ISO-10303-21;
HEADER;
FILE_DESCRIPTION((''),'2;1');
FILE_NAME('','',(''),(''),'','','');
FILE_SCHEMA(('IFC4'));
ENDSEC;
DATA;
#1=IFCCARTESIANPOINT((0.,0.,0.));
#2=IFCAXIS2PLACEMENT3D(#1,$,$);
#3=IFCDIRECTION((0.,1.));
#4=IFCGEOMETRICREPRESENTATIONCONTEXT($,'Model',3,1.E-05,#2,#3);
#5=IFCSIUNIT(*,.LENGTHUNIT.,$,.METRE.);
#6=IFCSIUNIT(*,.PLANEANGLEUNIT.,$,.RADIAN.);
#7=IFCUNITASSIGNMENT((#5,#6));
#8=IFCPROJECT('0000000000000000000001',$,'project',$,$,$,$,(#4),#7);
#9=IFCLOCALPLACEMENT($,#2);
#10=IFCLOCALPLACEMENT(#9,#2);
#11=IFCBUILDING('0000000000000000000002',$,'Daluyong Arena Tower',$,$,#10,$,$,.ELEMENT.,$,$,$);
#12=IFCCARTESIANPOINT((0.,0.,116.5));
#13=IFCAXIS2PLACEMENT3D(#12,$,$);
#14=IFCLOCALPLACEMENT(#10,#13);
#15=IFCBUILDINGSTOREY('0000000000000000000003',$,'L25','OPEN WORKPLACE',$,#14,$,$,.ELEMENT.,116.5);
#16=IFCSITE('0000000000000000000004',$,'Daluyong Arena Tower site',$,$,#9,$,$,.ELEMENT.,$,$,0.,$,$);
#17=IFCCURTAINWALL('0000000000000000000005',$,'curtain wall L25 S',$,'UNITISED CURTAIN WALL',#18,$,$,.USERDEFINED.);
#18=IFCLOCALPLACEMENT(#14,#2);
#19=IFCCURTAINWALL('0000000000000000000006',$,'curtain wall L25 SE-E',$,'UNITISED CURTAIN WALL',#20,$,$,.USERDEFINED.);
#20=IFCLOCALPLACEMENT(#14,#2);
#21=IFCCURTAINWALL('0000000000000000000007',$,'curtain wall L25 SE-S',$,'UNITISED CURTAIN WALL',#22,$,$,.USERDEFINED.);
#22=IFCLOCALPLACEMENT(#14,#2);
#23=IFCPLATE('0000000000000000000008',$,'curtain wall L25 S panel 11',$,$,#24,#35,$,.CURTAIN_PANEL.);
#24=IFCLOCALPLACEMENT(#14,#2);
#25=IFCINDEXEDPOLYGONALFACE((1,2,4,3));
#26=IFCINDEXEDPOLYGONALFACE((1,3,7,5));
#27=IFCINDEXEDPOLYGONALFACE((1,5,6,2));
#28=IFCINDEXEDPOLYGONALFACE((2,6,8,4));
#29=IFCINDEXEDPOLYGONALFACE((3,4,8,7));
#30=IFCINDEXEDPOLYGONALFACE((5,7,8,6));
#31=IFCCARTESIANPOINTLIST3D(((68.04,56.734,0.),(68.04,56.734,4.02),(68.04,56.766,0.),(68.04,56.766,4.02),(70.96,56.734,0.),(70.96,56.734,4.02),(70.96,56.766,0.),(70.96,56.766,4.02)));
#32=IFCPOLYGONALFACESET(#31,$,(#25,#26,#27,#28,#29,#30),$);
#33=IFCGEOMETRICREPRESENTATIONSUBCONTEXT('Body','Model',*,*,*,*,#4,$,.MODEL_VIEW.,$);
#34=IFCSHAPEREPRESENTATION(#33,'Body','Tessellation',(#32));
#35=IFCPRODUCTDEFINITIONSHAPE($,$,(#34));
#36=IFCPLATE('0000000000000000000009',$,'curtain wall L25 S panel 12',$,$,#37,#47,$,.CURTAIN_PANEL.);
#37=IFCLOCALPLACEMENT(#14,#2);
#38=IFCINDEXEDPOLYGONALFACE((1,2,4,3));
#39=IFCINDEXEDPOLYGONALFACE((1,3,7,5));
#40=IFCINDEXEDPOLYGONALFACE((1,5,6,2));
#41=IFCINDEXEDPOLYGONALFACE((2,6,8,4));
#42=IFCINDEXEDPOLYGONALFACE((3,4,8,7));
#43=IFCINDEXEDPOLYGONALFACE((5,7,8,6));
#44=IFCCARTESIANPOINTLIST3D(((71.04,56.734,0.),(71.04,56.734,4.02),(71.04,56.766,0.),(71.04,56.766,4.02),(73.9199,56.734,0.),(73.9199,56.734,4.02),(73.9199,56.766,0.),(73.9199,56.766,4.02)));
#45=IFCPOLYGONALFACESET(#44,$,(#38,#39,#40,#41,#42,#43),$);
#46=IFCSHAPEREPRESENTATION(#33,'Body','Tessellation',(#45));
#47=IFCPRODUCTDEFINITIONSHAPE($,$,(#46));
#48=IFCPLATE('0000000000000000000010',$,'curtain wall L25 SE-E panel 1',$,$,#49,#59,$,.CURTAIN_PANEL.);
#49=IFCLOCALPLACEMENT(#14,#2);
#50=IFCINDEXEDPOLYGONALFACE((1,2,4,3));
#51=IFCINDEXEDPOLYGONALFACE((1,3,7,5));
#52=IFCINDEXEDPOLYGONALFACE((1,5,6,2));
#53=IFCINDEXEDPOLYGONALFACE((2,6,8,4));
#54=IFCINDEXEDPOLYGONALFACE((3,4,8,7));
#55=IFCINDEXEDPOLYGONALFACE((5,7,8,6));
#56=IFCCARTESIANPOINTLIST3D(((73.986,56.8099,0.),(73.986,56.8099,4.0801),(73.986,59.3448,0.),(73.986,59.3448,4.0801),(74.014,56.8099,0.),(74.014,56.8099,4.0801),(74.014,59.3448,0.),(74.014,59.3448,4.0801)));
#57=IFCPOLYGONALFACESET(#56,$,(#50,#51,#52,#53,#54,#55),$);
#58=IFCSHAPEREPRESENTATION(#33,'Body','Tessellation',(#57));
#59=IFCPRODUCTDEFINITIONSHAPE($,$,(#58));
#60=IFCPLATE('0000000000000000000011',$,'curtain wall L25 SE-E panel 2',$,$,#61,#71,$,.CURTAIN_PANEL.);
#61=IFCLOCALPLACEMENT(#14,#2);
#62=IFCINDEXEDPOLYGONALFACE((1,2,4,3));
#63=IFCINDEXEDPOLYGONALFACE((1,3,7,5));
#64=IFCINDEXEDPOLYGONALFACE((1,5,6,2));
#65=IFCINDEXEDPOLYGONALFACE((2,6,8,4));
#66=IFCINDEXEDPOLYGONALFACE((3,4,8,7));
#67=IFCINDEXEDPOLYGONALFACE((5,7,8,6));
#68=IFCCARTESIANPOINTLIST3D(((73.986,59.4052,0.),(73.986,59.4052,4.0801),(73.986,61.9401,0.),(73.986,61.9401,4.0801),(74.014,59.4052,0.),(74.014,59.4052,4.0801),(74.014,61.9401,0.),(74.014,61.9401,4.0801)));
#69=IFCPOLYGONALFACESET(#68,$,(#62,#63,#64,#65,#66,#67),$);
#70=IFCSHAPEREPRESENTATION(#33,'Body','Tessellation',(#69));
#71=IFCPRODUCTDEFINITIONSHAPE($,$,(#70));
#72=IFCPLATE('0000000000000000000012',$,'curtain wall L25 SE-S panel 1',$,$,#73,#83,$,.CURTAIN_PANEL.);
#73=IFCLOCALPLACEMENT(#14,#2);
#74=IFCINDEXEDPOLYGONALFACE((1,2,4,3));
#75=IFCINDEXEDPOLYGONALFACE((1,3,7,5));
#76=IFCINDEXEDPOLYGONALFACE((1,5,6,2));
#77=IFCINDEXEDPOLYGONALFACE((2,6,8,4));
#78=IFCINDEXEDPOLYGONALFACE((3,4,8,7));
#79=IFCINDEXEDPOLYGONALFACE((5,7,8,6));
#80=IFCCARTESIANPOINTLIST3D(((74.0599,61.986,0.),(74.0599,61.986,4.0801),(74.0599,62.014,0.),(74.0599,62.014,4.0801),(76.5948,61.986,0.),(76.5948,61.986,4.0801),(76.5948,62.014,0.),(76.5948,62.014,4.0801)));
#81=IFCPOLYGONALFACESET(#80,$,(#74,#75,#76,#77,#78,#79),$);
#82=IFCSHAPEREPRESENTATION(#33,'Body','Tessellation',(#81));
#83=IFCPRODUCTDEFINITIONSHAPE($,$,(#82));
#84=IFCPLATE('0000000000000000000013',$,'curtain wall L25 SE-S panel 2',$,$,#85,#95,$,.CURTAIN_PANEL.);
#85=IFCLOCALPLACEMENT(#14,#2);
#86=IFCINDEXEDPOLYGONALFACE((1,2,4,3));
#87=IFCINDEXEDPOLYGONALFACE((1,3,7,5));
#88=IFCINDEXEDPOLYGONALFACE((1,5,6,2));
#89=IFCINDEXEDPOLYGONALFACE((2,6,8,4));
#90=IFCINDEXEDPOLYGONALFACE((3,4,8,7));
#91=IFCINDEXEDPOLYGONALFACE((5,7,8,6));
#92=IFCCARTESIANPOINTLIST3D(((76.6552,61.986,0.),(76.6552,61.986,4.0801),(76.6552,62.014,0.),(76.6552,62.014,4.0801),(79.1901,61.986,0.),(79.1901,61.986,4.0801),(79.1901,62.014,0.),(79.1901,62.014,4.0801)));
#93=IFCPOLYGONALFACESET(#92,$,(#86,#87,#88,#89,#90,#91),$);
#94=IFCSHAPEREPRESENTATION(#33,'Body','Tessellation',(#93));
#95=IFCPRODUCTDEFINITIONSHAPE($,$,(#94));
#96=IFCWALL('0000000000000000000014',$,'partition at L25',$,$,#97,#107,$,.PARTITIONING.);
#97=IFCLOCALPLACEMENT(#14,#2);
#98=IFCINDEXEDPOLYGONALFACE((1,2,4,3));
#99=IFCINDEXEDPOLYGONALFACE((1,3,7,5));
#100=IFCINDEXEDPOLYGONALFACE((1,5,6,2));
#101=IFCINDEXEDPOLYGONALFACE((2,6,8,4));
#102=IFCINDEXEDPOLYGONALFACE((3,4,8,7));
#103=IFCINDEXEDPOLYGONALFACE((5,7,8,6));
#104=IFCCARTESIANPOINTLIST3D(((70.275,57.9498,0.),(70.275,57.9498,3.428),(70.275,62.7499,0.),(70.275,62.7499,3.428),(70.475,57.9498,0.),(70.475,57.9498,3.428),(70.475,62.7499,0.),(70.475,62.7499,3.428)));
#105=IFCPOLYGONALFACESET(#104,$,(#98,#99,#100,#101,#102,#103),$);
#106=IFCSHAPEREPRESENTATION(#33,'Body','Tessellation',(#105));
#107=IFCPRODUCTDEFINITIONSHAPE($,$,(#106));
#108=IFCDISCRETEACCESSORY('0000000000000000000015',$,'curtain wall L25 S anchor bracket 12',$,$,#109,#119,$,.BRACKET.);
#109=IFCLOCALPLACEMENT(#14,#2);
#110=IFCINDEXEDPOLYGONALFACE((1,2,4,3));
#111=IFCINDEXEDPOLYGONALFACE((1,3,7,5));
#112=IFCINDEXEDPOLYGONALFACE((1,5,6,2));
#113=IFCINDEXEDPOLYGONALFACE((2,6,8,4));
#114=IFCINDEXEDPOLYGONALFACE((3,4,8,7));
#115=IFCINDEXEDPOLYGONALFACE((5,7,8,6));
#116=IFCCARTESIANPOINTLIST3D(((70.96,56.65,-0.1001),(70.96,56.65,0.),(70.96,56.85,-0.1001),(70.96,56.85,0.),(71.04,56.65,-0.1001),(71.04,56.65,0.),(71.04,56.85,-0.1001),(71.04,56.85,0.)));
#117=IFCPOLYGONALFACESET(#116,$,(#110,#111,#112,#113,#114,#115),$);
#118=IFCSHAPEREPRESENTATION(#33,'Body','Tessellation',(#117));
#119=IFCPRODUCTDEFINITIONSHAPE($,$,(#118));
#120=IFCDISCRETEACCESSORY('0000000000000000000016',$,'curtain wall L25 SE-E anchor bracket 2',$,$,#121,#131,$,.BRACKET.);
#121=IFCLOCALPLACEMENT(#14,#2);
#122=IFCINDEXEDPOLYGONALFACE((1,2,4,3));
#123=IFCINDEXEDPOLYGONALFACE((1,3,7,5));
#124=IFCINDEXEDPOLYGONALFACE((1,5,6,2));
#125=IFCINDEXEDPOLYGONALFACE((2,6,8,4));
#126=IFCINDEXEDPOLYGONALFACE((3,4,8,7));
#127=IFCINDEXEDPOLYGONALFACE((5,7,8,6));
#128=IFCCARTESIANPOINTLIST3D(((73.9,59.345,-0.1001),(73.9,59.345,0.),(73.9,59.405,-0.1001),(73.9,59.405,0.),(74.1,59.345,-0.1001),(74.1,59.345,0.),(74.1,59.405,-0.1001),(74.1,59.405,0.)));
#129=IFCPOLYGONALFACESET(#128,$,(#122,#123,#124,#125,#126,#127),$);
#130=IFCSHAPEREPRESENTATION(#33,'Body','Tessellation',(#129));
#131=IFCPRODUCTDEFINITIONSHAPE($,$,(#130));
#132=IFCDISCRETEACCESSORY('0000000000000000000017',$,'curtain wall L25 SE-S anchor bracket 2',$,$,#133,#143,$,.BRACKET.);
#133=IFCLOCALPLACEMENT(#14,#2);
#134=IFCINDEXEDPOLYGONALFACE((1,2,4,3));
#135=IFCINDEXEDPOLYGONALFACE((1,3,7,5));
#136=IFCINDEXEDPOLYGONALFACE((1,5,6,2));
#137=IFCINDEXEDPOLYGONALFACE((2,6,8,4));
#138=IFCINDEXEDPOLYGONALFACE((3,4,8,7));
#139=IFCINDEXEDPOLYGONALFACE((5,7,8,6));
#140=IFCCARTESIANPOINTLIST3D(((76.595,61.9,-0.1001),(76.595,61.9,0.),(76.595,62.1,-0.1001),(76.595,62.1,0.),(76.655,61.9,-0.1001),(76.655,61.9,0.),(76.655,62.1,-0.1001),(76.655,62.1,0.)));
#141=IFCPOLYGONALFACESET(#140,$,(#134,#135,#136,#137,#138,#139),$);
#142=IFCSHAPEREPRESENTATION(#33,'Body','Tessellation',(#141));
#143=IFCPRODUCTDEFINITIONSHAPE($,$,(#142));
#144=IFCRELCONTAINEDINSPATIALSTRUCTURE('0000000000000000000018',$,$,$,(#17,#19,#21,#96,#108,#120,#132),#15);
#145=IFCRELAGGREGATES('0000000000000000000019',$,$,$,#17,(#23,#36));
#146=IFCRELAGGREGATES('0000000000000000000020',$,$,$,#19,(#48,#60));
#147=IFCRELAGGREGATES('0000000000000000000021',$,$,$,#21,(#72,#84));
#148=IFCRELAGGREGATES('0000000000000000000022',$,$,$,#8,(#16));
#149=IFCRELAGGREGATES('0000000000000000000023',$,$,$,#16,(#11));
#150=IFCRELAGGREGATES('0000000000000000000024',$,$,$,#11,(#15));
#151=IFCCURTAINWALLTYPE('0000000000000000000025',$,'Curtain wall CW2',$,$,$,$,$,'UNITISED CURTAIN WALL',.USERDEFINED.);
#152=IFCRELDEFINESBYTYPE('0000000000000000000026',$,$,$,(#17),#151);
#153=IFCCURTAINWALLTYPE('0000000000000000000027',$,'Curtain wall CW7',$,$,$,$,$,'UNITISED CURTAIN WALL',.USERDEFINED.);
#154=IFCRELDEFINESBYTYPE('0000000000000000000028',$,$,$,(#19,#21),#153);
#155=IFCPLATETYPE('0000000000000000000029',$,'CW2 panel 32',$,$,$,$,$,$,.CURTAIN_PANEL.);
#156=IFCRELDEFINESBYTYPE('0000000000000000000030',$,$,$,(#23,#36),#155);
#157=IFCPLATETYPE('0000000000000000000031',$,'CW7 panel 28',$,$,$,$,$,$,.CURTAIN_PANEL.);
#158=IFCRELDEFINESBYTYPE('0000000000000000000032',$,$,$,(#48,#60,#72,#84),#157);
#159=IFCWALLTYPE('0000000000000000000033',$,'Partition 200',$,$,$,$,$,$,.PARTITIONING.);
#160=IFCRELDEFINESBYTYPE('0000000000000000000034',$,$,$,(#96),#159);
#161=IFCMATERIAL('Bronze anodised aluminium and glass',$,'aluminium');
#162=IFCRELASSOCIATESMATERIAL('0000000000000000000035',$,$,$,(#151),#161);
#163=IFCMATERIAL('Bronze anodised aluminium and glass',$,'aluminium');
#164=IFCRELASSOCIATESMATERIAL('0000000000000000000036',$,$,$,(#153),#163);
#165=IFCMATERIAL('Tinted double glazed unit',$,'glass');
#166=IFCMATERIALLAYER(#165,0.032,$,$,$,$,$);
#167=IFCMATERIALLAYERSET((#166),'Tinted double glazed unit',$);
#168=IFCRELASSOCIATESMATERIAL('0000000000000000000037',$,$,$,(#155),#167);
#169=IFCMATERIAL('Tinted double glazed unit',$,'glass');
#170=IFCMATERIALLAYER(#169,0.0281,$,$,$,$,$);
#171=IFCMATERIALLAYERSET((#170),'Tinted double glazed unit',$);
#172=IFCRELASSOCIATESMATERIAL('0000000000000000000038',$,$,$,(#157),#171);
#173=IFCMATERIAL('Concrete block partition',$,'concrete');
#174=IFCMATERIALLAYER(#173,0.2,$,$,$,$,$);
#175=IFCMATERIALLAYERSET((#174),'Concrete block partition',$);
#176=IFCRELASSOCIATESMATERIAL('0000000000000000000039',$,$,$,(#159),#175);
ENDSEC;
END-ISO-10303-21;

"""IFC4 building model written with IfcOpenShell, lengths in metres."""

from ifc_helpers import new_model, si_unit, direction, frame, frame_2d, origin, origin_2d, place, context, subcontext, project, spatial, rectangle, extrude, material, layer, layer_set, type_object, element, aggregate, save


model = new_model("IFC4")

# Units and contexts
model_context = context("Model", 3, precision=1e-05, world=origin(), true_north=direction((0.0, 1.0)))
body_context = subcontext(model_context, "Body", "Model", "MODEL_VIEW")
ifc_project = project(units=[si_unit("LENGTHUNIT", "METRE"), si_unit("PLANEANGLEUNIT", "RADIAN")], contexts=[model_context])

# Site, building, storey
site_placement = place(None, origin())
site = spatial("IfcSite", under=ifc_project, at=site_placement, Name="Daluyong Arena Tower site", CompositionType="ELEMENT", RefElevation=0.0)
building_placement = place(site_placement, origin())
building = spatial("IfcBuilding", under=site, at=building_placement, Name="Daluyong Arena Tower", CompositionType="ELEMENT")
storey_placement = place(building_placement, frame((0.0, 0.0, 116.5)))
storey = spatial("IfcBuildingStorey", under=building, at=storey_placement, Name="L25", Description="OPEN WORKPLACE", CompositionType="ELEMENT", Elevation=116.5)

# Curtain wall
ifc_material_1 = material(Name="Bronze anodised aluminium and glass", Category="aluminium")
curtain_wall_type_1 = type_object("IfcCurtainWallType", Name="Curtain wall CW2", ElementType="UNITISED CURTAIN WALL", PredefinedType="USERDEFINED", material=ifc_material_1)
curtain_wall_1_placement = place(storey_placement, origin())
curtain_wall_1 = element("IfcCurtainWall", 1, at=curtain_wall_1_placement, inside=storey, type_object=curtain_wall_type_1, Name="curtain wall L25 S", ObjectType="UNITISED CURTAIN WALL", PredefinedType="USERDEFINED")

# Curtain walls
ifc_material_2 = material(Name="Bronze anodised aluminium and glass", Category="aluminium")
curtain_wall_type_2 = type_object("IfcCurtainWallType", Name="Curtain wall CW7", ElementType="UNITISED CURTAIN WALL", PredefinedType="USERDEFINED", material=ifc_material_2)
curtain_wall_2_placement = place(storey_placement, origin())
curtain_wall_2 = element("IfcCurtainWall", 2, at=curtain_wall_2_placement, inside=storey, type_object=curtain_wall_type_2, Name="curtain wall L25 SE-E", ObjectType="UNITISED CURTAIN WALL", PredefinedType="USERDEFINED")
curtain_wall_3_placement = place(storey_placement, origin())
curtain_wall_3 = element("IfcCurtainWall", 3, at=curtain_wall_3_placement, inside=storey, type_object=curtain_wall_type_2, Name="curtain wall L25 SE-S", ObjectType="UNITISED CURTAIN WALL", PredefinedType="USERDEFINED")

# Plates
ifc_material_3 = material(Name="Tinted double glazed unit", Category="glass")
ifc_layer_1 = layer(ifc_material_3, 0.032)
ifc_layer_set_1 = layer_set([ifc_layer_1], Name="Tinted double glazed unit")
plate_type_1 = type_object("IfcPlateType", Name="CW2 panel 32", PredefinedType="CURTAIN_PANEL", material=ifc_layer_set_1)
plate_1_placement = place(storey_placement, frame((69.5, 56.75, 0.0), z_axis=(0.0, 0.0, 1.0), x_axis=(1.0, 0.0, 0.0)))
plate_1 = element("IfcPlate", 4, at=plate_1_placement, type_object=plate_type_1, Name="curtain wall L25 S panel 11", PredefinedType="CURTAIN_PANEL", context=body_context, shape_type="SweptSolid", body=[
    extrude(rectangle(XDim=2.9199, YDim=0.032, at=origin_2d()), origin(), (0.0, 0.0, 1.0), 4.02),
])
plate_2_placement = place(storey_placement, frame((72.48, 56.75, 0.0), z_axis=(0.0, 0.0, 1.0), x_axis=(1.0, 0.0, 0.0)))
plate_2 = element("IfcPlate", 5, at=plate_2_placement, type_object=plate_type_1, Name="curtain wall L25 S panel 12", PredefinedType="CURTAIN_PANEL", context=body_context, shape_type="SweptSolid", body=[
    extrude(rectangle(XDim=2.8799, YDim=0.032, at=origin_2d()), origin(), (0.0, 0.0, 1.0), 4.02),
])
aggregate(curtain_wall_1, [plate_1, plate_2])
ifc_material_4 = material(Name="Tinted double glazed unit", Category="glass")
ifc_layer_2 = layer(ifc_material_4, 0.0281)
ifc_layer_set_2 = layer_set([ifc_layer_2], Name="Tinted double glazed unit")
plate_type_2 = type_object("IfcPlateType", Name="CW7 panel 28", PredefinedType="CURTAIN_PANEL", material=ifc_layer_set_2)
plate_3_placement = place(storey_placement, frame((74.0, 58.0774, 0.0), z_axis=(0.0, 0.0, 1.0), x_axis=(0.0, 1.0, 0.0)))
plate_3 = element("IfcPlate", 6, at=plate_3_placement, type_object=plate_type_2, Name="curtain wall L25 SE-E panel 1", PredefinedType="CURTAIN_PANEL", context=body_context, shape_type="SweptSolid", body=[
    extrude(rectangle(XDim=2.5349, YDim=0.0281, at=origin_2d()), origin(), (0.0, 0.0, 1.0), 4.0801),
])
plate_4_placement = place(storey_placement, frame((74.0, 60.6726, 0.0), z_axis=(0.0, 0.0, 1.0), x_axis=(0.0, 1.0, 0.0)))
plate_4 = element("IfcPlate", 7, at=plate_4_placement, type_object=plate_type_2, Name="curtain wall L25 SE-E panel 2", PredefinedType="CURTAIN_PANEL", context=body_context, shape_type="SweptSolid", body=[
    extrude(rectangle(XDim=2.5349, YDim=0.0281, at=origin_2d()), origin(), (0.0, 0.0, 1.0), 4.0801),
])
aggregate(curtain_wall_2, [plate_3, plate_4])
plate_5_placement = place(storey_placement, frame((75.3274, 62.0, 0.0), z_axis=(0.0, 0.0, 1.0), x_axis=(1.0, 0.0, 0.0)))
plate_5 = element("IfcPlate", 8, at=plate_5_placement, type_object=plate_type_2, Name="curtain wall L25 SE-S panel 1", PredefinedType="CURTAIN_PANEL", context=body_context, shape_type="SweptSolid", body=[
    extrude(rectangle(XDim=2.5349, YDim=0.0281, at=origin_2d()), origin(), (0.0, 0.0, 1.0), 4.0801),
])
plate_6_placement = place(storey_placement, frame((77.9226, 62.0, 0.0), z_axis=(0.0, 0.0, 1.0), x_axis=(1.0, 0.0, 0.0)))
plate_6 = element("IfcPlate", 9, at=plate_6_placement, type_object=plate_type_2, Name="curtain wall L25 SE-S panel 2", PredefinedType="CURTAIN_PANEL", context=body_context, shape_type="SweptSolid", body=[
    extrude(rectangle(XDim=2.5349, YDim=0.0281, at=origin_2d()), origin(), (0.0, 0.0, 1.0), 4.0801),
])
aggregate(curtain_wall_3, [plate_5, plate_6])

# Wall
ifc_material_5 = material(Name="Concrete block partition", Category="concrete")
ifc_layer_3 = layer(ifc_material_5, 0.2)
ifc_layer_set_3 = layer_set([ifc_layer_3], Name="Concrete block partition")
wall_type = type_object("IfcWallType", Name="Partition 200", PredefinedType="PARTITIONING", material=ifc_layer_set_3)
wall_placement = place(storey_placement, frame((70.375, 57.95, 0.0), z_axis=(0.0, 0.0, 1.0), x_axis=(0.0, 1.0, 0.0)))
element("IfcWall", 10, at=wall_placement, inside=storey, type_object=wall_type, Name="partition at L25", PredefinedType="PARTITIONING", context=body_context, shape_type="SweptSolid", body=[
    extrude(rectangle(XDim=4.8, YDim=0.2, at=frame_2d((2.3999, 0.0))), origin(), (0.0, 0.0, 1.0), 3.428),
])

# Discrete accessories
discrete_accessory_placement = place(storey_placement, frame((71.0, 56.75, -0.1001), z_axis=(0.0, 0.0, 1.0), x_axis=(1.0, 0.0, 0.0)))
element("IfcDiscreteAccessory", 11, at=discrete_accessory_placement, inside=storey, Name="curtain wall L25 S anchor bracket 12", PredefinedType="BRACKET", context=body_context, shape_type="SweptSolid", body=[
    extrude(rectangle(XDim=0.0801, YDim=0.2, at=origin_2d()), origin(), (0.0, 0.0, 1.0), 0.1001),
])
for number, where, z_axis, x_axis, name in (
    (12, (74.0, 59.375, -0.1001), (0.0, 0.0, 1.0), (0.0, 1.0, 0.0), "curtain wall L25 SE-E anchor bracket 2"),
    (13, (76.625, 62.0, -0.1001), (0.0, 0.0, 1.0), (1.0, 0.0, 0.0), "curtain wall L25 SE-S anchor bracket 2"),
):
    element("IfcDiscreteAccessory", number, at=place(storey_placement, frame(where, z_axis=z_axis, x_axis=x_axis)), inside=storey, Name=name, PredefinedType="BRACKET", context=body_context, shape_type="SweptSolid", body=[
        extrude(rectangle(XDim=0.0601, YDim=0.2, at=origin_2d()), origin(), (0.0, 0.0, 1.0), 0.1001),
    ])

save(model, "model.ifc")
